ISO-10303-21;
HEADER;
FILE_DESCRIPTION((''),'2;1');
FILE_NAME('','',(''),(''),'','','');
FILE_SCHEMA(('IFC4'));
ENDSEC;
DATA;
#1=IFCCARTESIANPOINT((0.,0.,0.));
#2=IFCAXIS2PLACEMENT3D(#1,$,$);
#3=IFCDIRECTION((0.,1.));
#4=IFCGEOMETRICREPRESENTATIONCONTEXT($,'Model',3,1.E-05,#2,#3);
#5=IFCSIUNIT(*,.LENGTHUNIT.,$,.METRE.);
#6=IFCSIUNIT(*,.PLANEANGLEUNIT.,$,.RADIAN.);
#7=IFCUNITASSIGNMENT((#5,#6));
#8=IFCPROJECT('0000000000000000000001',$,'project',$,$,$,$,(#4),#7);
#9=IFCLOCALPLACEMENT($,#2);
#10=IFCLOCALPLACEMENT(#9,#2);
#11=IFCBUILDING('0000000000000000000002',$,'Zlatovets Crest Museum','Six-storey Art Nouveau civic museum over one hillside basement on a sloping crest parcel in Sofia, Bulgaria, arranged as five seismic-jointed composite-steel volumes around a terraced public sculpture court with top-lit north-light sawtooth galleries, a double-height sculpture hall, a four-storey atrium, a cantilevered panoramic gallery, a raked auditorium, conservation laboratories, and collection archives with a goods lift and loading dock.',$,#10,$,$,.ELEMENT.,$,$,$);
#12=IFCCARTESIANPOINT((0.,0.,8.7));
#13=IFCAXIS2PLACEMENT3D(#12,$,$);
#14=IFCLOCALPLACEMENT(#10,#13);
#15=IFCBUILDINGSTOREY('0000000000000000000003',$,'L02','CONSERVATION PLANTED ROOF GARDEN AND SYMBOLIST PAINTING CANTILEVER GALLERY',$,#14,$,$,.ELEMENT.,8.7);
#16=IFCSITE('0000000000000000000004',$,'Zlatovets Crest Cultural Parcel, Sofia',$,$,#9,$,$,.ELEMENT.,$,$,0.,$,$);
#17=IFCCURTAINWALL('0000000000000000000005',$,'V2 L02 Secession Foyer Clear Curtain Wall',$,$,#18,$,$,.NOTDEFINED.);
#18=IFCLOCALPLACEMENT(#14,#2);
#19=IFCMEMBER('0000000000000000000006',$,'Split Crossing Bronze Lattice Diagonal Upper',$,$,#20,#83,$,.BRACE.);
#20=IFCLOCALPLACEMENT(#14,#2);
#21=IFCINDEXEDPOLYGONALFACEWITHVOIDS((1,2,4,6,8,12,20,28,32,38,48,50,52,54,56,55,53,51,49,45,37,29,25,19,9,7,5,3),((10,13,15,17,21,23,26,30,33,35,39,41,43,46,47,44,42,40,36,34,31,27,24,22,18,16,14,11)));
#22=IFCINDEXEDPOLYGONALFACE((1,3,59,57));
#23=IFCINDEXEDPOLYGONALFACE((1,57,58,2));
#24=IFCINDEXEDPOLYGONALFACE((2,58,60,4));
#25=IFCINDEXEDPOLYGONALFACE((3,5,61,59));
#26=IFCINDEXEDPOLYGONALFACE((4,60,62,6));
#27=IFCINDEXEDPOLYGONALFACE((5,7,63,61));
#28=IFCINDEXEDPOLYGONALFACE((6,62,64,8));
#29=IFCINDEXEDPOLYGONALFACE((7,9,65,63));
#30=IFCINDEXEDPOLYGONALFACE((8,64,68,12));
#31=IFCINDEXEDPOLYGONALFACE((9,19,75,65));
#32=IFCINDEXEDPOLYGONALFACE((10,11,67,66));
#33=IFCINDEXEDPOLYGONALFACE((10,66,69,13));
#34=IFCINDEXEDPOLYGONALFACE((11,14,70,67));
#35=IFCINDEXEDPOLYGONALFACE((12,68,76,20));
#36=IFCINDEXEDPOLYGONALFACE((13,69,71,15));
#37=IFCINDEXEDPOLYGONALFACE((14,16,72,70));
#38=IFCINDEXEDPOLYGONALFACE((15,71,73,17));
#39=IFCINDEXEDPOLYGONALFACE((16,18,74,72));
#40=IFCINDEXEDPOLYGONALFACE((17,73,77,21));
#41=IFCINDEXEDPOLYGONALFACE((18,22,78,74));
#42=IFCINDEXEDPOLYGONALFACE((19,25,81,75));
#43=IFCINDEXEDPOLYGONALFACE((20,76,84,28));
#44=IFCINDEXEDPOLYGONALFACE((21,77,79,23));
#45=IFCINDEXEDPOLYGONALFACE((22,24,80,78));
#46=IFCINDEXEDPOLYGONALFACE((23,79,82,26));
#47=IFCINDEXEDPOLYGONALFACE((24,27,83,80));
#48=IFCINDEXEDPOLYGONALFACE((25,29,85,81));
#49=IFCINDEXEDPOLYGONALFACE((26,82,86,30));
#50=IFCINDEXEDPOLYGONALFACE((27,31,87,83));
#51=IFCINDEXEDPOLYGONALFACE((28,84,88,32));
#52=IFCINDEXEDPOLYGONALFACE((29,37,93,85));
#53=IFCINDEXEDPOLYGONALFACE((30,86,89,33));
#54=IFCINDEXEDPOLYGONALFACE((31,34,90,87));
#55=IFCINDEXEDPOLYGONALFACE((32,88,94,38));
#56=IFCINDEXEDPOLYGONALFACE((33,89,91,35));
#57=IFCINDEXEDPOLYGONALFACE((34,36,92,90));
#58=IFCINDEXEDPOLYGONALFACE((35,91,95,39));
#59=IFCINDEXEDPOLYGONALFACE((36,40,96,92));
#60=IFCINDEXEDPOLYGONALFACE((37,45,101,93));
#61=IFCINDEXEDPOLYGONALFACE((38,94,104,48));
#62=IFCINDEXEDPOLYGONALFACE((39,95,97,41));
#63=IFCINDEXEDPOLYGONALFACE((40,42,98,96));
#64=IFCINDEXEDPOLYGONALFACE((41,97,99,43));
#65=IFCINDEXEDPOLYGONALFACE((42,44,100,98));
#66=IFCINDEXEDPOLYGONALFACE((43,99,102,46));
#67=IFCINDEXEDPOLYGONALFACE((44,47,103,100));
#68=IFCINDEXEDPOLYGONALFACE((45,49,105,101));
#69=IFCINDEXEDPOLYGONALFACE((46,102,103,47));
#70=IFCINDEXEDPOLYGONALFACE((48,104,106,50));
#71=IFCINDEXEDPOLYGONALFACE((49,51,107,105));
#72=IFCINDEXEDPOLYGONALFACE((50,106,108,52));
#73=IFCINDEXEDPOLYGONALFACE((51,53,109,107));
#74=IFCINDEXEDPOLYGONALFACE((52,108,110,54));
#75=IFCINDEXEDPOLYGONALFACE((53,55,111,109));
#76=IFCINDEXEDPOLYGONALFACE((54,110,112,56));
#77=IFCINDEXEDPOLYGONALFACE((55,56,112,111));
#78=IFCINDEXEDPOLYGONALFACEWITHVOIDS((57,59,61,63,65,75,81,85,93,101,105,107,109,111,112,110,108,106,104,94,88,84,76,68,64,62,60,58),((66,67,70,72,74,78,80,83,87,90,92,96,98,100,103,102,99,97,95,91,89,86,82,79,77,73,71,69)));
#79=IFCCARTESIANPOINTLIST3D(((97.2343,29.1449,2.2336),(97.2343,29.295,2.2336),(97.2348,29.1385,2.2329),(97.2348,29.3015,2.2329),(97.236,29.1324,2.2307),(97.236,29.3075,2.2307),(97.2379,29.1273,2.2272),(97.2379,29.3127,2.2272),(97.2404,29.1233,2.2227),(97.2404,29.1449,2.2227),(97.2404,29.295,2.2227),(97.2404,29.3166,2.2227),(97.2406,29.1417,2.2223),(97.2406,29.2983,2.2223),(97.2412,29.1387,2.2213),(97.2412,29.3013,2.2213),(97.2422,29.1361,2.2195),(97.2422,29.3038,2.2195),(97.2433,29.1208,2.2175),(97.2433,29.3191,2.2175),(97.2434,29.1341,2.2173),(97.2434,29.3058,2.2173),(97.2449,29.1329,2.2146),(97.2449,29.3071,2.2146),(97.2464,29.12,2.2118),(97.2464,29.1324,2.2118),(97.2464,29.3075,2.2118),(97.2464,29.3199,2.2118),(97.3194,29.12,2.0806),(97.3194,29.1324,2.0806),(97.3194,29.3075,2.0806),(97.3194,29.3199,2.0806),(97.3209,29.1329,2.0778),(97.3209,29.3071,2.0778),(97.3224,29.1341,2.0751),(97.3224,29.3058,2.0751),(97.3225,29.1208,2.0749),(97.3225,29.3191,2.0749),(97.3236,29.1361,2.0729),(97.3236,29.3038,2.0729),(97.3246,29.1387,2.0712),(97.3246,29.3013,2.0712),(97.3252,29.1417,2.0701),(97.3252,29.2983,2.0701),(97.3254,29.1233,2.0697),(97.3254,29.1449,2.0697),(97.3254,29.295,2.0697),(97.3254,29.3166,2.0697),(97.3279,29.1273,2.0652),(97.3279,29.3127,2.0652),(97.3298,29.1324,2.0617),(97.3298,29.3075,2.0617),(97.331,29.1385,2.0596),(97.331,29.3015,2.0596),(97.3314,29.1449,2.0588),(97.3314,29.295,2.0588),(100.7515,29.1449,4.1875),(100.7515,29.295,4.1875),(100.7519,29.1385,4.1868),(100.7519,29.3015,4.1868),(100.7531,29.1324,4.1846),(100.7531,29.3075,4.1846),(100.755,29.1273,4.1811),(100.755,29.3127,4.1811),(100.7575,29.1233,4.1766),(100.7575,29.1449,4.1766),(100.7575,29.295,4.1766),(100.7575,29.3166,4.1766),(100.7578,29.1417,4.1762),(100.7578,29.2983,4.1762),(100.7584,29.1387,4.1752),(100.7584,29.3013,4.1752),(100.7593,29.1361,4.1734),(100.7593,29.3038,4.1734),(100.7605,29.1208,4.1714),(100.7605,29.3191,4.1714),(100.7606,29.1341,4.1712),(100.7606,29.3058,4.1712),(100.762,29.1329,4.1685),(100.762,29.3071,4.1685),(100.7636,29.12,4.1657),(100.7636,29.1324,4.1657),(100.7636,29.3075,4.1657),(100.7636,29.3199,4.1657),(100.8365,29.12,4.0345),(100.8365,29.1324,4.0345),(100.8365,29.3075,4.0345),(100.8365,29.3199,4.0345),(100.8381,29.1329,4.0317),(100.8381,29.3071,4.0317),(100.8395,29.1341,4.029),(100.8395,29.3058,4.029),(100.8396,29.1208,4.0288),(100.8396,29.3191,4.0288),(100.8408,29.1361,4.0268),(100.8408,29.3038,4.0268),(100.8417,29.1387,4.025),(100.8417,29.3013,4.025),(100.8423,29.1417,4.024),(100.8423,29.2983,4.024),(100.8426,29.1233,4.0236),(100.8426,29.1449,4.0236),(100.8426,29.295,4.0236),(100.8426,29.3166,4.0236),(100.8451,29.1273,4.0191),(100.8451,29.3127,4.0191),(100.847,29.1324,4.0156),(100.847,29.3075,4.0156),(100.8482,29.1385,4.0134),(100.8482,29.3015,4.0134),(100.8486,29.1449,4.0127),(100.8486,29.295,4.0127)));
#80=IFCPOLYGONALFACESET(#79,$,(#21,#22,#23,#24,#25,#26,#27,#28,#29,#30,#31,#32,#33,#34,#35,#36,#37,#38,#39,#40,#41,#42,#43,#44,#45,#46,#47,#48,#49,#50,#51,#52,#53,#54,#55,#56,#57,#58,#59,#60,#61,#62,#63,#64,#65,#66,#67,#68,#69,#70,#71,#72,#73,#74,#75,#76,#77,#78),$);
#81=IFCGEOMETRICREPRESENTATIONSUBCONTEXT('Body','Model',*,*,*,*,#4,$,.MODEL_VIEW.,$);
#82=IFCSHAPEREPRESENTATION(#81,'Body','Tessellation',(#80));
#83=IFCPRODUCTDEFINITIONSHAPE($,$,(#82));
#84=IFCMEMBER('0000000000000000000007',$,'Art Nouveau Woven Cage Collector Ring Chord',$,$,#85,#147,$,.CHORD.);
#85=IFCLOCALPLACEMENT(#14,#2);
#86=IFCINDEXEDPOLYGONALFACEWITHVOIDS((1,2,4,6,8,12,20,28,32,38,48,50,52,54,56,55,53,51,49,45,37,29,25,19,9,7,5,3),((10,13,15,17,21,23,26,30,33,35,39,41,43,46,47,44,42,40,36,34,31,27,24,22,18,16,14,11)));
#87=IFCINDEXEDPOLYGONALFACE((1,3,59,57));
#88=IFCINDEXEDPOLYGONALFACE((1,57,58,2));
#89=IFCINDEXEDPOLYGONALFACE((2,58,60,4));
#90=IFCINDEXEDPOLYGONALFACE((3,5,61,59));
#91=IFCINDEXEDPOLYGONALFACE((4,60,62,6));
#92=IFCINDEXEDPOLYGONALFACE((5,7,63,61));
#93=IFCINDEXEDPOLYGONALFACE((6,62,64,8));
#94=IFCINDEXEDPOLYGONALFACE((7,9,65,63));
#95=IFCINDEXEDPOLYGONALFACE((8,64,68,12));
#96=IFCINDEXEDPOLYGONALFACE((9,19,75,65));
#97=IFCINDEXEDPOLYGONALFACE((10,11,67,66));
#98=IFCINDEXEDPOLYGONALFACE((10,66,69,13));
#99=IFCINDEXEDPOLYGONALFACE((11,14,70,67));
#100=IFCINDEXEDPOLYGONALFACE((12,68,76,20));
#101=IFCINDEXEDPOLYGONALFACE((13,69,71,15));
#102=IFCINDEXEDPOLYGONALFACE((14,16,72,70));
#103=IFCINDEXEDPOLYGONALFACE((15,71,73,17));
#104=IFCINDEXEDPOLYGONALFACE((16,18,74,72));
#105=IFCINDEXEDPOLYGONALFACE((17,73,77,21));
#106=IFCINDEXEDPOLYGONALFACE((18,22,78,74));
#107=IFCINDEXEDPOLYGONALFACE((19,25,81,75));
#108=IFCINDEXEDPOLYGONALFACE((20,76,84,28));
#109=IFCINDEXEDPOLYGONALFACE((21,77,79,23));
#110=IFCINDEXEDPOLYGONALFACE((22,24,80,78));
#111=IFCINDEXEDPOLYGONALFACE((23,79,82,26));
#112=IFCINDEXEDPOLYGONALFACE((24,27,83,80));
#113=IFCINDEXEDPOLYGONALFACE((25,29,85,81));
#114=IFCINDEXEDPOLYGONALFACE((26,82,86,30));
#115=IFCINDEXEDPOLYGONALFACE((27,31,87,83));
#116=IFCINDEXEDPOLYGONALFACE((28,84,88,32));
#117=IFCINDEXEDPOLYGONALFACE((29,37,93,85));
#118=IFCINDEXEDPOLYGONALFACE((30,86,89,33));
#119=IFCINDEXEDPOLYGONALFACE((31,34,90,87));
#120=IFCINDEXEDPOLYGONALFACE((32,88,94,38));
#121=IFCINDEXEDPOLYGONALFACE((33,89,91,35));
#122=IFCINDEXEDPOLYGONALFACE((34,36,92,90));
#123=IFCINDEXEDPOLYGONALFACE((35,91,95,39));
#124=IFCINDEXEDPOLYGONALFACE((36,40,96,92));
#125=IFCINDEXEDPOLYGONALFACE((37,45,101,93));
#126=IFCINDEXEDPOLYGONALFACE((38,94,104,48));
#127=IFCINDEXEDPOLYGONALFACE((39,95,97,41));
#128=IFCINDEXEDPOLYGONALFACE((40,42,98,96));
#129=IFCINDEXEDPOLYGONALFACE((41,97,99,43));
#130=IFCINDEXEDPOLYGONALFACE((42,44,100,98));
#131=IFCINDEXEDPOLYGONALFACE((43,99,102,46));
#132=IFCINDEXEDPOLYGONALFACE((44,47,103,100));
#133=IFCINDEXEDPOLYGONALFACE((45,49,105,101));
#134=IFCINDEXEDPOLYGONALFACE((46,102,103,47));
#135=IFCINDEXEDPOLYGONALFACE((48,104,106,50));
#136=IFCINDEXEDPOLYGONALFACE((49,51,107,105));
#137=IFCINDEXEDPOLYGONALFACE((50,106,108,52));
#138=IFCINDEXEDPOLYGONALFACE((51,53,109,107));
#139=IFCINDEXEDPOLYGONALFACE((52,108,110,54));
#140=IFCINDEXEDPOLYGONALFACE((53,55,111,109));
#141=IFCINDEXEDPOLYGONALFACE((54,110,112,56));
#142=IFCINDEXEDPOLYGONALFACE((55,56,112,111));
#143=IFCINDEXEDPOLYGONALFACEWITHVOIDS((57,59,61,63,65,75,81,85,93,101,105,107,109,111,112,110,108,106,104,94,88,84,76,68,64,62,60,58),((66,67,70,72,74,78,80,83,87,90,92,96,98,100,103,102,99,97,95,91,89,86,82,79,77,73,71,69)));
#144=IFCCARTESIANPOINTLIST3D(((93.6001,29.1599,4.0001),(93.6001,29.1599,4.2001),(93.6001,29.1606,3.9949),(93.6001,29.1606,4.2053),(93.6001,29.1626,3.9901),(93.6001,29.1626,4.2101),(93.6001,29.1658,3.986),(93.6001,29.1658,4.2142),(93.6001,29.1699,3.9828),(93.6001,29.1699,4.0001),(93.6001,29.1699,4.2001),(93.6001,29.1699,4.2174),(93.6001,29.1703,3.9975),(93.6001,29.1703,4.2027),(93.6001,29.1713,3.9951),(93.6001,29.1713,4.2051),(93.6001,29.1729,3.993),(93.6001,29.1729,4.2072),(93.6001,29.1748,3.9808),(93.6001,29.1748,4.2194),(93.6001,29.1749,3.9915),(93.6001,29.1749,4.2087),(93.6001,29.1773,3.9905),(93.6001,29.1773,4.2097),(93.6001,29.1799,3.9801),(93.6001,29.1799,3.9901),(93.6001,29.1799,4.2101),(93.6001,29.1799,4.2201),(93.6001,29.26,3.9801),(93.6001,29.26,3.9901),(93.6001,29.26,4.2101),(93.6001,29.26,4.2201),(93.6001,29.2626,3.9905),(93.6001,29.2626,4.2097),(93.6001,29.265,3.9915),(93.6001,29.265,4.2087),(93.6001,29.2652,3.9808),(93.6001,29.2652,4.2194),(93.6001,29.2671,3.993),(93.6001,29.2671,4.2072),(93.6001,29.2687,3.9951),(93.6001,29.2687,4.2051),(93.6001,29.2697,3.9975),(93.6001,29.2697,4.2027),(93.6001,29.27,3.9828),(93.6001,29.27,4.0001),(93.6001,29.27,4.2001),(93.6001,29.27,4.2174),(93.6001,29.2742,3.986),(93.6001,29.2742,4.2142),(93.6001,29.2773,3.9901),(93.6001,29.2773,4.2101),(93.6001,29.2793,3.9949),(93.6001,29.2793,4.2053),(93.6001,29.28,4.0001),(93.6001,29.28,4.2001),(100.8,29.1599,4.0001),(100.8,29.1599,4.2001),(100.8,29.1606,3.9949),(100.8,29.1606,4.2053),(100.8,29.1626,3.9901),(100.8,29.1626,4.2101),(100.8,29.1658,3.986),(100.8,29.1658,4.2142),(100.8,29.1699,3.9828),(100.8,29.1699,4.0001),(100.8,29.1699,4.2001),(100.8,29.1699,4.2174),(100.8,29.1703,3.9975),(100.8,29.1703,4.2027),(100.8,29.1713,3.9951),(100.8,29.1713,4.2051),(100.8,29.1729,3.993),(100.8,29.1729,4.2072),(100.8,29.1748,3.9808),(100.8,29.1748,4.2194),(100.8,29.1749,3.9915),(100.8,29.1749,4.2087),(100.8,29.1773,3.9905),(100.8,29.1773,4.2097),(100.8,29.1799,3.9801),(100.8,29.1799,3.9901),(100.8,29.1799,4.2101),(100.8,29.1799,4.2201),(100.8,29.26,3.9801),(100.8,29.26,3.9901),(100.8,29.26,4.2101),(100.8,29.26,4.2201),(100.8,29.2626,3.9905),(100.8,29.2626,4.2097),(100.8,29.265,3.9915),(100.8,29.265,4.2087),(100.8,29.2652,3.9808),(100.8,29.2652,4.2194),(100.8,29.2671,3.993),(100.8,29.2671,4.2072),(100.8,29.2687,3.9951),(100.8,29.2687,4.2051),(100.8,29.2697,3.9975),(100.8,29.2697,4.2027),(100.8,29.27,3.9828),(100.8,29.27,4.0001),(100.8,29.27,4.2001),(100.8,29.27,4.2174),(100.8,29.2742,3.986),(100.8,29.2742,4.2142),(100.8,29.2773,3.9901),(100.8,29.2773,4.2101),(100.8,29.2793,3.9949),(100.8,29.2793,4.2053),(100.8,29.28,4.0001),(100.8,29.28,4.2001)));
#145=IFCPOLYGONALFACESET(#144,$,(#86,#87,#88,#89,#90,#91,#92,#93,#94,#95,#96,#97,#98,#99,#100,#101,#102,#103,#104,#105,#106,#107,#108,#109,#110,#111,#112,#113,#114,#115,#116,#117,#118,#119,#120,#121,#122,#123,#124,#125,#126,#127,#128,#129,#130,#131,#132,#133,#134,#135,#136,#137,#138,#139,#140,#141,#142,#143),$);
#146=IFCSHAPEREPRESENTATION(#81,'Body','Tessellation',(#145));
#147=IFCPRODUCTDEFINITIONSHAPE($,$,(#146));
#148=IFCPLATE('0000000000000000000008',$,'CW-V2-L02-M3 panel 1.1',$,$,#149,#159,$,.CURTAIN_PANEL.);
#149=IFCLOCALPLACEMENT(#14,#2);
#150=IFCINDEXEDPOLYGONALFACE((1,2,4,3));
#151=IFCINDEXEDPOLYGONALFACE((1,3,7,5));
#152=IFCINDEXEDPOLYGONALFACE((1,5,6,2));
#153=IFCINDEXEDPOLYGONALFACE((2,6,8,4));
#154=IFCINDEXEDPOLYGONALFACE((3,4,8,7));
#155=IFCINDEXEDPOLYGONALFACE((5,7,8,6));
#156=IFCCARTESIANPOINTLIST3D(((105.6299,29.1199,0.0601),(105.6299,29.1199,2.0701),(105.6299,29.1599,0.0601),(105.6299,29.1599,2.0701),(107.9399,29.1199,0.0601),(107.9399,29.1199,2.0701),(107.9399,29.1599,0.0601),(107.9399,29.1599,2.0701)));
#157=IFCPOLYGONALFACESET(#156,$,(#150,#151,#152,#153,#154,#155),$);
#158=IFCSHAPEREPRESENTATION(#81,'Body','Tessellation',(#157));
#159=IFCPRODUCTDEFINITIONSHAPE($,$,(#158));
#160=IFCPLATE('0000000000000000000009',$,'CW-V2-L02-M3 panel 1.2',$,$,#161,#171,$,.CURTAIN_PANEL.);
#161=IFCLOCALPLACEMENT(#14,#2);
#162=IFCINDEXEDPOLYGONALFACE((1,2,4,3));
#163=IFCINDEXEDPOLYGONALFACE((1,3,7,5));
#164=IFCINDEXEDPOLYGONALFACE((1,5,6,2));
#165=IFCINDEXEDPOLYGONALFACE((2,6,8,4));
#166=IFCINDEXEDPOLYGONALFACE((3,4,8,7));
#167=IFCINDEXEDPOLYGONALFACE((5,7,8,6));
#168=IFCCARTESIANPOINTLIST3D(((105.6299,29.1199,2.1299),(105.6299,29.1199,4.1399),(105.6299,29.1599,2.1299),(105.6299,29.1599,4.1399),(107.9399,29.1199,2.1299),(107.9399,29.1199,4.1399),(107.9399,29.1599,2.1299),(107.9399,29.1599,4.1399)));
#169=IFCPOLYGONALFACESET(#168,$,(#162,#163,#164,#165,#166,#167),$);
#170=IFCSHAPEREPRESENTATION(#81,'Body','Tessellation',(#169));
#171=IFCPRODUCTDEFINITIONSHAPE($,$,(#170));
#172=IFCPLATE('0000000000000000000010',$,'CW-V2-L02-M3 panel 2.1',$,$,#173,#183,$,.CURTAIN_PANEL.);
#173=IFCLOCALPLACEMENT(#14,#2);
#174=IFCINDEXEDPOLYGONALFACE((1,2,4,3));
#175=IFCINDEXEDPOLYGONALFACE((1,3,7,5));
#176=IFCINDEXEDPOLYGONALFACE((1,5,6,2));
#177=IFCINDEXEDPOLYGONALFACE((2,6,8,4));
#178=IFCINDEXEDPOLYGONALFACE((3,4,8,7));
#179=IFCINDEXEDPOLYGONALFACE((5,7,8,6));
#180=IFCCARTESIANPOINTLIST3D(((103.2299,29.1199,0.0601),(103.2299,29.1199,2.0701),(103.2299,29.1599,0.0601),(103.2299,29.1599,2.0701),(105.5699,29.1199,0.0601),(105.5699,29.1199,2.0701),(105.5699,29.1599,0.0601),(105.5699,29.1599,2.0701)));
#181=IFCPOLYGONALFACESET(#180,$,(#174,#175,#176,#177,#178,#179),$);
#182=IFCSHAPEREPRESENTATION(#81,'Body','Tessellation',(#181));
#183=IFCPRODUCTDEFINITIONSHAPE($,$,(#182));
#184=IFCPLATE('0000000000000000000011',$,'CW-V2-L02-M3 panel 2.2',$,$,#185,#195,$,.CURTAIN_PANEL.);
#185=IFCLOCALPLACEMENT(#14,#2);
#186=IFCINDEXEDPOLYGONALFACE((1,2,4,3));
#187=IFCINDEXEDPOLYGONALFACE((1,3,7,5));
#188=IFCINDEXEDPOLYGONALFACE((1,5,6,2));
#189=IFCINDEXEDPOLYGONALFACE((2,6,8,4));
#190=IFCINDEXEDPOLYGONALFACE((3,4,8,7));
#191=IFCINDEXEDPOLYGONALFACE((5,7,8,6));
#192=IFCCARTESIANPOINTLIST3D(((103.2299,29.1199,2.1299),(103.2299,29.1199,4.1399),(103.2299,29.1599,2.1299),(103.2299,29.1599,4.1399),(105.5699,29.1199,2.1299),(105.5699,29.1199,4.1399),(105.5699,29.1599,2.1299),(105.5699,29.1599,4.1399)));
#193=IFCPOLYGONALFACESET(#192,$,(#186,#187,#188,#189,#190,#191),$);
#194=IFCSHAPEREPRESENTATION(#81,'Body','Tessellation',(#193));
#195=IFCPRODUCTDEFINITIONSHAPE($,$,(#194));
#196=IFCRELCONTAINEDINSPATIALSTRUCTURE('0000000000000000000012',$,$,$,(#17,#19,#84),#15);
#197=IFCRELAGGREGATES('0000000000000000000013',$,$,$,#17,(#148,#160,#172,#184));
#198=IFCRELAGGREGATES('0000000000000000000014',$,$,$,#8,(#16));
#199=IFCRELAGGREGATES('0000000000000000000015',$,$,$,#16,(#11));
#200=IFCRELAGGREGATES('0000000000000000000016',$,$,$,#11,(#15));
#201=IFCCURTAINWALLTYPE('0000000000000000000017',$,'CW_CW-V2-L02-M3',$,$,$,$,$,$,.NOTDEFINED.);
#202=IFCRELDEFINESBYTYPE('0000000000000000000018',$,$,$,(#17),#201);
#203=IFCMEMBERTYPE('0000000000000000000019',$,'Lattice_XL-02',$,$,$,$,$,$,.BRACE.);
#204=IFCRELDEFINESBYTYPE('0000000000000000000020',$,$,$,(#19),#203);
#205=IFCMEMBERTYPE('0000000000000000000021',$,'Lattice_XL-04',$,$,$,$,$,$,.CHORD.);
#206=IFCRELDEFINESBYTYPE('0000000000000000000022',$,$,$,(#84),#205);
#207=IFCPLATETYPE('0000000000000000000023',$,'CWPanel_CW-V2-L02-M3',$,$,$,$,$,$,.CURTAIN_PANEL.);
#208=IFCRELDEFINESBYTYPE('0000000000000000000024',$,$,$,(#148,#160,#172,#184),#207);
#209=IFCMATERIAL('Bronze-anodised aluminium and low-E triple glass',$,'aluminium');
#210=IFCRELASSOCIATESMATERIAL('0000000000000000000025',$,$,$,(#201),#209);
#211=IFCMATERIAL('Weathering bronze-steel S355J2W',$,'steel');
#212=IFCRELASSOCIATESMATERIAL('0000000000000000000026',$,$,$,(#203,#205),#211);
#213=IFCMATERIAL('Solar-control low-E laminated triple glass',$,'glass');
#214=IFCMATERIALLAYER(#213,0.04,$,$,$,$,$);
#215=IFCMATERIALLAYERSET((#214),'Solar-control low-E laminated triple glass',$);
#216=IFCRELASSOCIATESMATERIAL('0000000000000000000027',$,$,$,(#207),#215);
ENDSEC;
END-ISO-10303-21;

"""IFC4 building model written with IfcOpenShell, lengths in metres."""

from ifc_helpers import new_model, si_unit, direction, frame, origin, origin_2d, place, context, subcontext, project, spatial, rectangle, hollow_rectangle, extrude, material, layer, layer_set, material_profile, profile_set, type_object, element, aggregate, save


model = new_model("IFC4")

# Units and contexts
model_context = context("Model", 3, precision=1e-05, world=origin(), true_north=direction((0.0, 1.0)))
body_context = subcontext(model_context, "Body", "Model", "MODEL_VIEW")
ifc_project = project(units=[si_unit("LENGTHUNIT", "METRE"), si_unit("PLANEANGLEUNIT", "RADIAN")], contexts=[model_context])

# Site, building, storey
site_placement = place(None, origin())
site = spatial("IfcSite", under=ifc_project, at=site_placement, Name="Zlatovets Crest Cultural Parcel, Sofia", CompositionType="ELEMENT", RefElevation=0.0)
building_placement = place(site_placement, origin())
building = spatial("IfcBuilding", under=site, at=building_placement, Name="Zlatovets Crest Museum", Description="Six-storey Art Nouveau civic museum over one hillside basement on a sloping crest parcel in Sofia, Bulgaria, arranged as five seismic-jointed composite-steel volumes around a terraced public sculpture court with top-lit north-light sawtooth galleries, a double-height sculpture hall, a four-storey atrium, a cantilevered panoramic gallery, a raked auditorium, conservation laboratories, and collection archives with a goods lift and loading dock.", CompositionType="ELEMENT")
storey_placement = place(building_placement, frame((0.0, 0.0, 8.7)))
storey = spatial("IfcBuildingStorey", under=building, at=storey_placement, Name="L02", Description="CONSERVATION PLANTED ROOF GARDEN AND SYMBOLIST PAINTING CANTILEVER GALLERY", CompositionType="ELEMENT", Elevation=8.7)

# Curtain wall
ifc_material_1 = material(Name="Bronze-anodised aluminium and low-E triple glass", Category="aluminium")
curtain_wall_type_1 = type_object("IfcCurtainWallType", Name="CW_CW-V2-L02-M3", PredefinedType="NOTDEFINED", material=ifc_material_1)
curtain_wall_1_placement = place(storey_placement, origin())
curtain_wall_1 = element("IfcCurtainWall", 1, at=curtain_wall_1_placement, inside=storey, type_object=curtain_wall_type_1, Name="V2 L02 Secession Foyer Clear Curtain Wall", PredefinedType="NOTDEFINED")

# Members
ifc_material_2 = material(Name="Weathering bronze-steel S355J2W", Category="steel")
ifc_material_profile_1 = material_profile(ifc_material_2, hollow_rectangle(XDim=0.2, YDim=0.2, WallThickness=0.0125, InnerFilletRadius=0.0125, OuterFilletRadius=0.0249, at=origin_2d()), Name="SHS 200x200x12.5")
ifc_profile_set_1 = profile_set([ifc_material_profile_1], Name="Weathering bronze-steel S355J2W")
member_type_1 = type_object("IfcMemberType", Name="Lattice_XL-02", PredefinedType="BRACE", material=ifc_profile_set_1)
member_1_placement = place(storey_placement, frame((100.8, 29.22, 4.1001), z_axis=(-0.874166, 0.0, -0.485627), x_axis=(0.0, -1.0, 0.0)))
element("IfcMember", 2, at=member_1_placement, inside=storey, type_object=member_type_1, Name="Split Crossing Bronze Lattice Diagonal Upper", PredefinedType="BRACE", context=body_context, shape_type="SweptSolid", body=[
    extrude(hollow_rectangle(XDim=0.2, YDim=0.2, WallThickness=0.0125, InnerFilletRadius=0.0125, OuterFilletRadius=0.0249, at=origin_2d()), origin(), (0.0, 0.0, 1.0), 4.0234),
])
ifc_material_profile_2 = material_profile(ifc_material_2, hollow_rectangle(XDim=0.1201, YDim=0.24, WallThickness=0.01, InnerFilletRadius=0.01, OuterFilletRadius=0.02, at=origin_2d()), Name="RHS 120x240x10.0")
ifc_profile_set_2 = profile_set([ifc_material_profile_2], Name="Weathering bronze-steel S355J2W")
member_type_2 = type_object("IfcMemberType", Name="Lattice_XL-04", PredefinedType="CHORD", material=ifc_profile_set_2)
member_2_placement = place(storey_placement, frame((100.8, 29.22, 4.1001), z_axis=(-1.0, 0.0, 0.0), x_axis=(0.0, -1.0, 0.0)))
element("IfcMember", 3, at=member_2_placement, inside=storey, type_object=member_type_2, Name="Art Nouveau Woven Cage Collector Ring Chord", PredefinedType="CHORD", context=body_context, shape_type="SweptSolid", body=[
    extrude(hollow_rectangle(XDim=0.1201, YDim=0.24, WallThickness=0.01, InnerFilletRadius=0.01, OuterFilletRadius=0.02, at=origin_2d()), origin(), (0.0, 0.0, 1.0), 7.2),
])

# Plates
ifc_material_3 = material(Name="Solar-control low-E laminated triple glass", Category="glass")
ifc_layer_1 = layer(ifc_material_3, 0.04)
ifc_layer_set_1 = layer_set([ifc_layer_1], Name="Solar-control low-E laminated triple glass")
plate_type_1 = type_object("IfcPlateType", Name="CWPanel_CW-V2-L02-M3", PredefinedType="CURTAIN_PANEL", material=ifc_layer_set_1)
plate_1_placement = place(storey_placement, frame((106.7849, 29.1399, 0.0601), z_axis=(0.0, 0.0, 1.0), x_axis=(-1.0, 0.0, 0.0)))
plate_1 = element("IfcPlate", 4, at=plate_1_placement, type_object=plate_type_1, Name="CW-V2-L02-M3 panel 1.1", PredefinedType="CURTAIN_PANEL", context=body_context, shape_type="SweptSolid", body=[
    extrude(rectangle(XDim=2.3101, YDim=0.04, at=origin_2d()), origin(), (0.0, 0.0, 1.0), 2.01),
])
plate_2_placement = place(storey_placement, frame((106.7849, 29.1399, 2.1299), z_axis=(0.0, 0.0, 1.0), x_axis=(-1.0, 0.0, 0.0)))
plate_2 = element("IfcPlate", 5, at=plate_2_placement, type_object=plate_type_1, Name="CW-V2-L02-M3 panel 1.2", PredefinedType="CURTAIN_PANEL", context=body_context, shape_type="SweptSolid", body=[
    extrude(rectangle(XDim=2.3101, YDim=0.04, at=origin_2d()), origin(), (0.0, 0.0, 1.0), 2.01),
])
plate_3_placement = place(storey_placement, frame((104.3999, 29.1399, 0.0601), z_axis=(0.0, 0.0, 1.0), x_axis=(-1.0, 0.0, 0.0)))
plate_3 = element("IfcPlate", 6, at=plate_3_placement, type_object=plate_type_1, Name="CW-V2-L02-M3 panel 2.1", PredefinedType="CURTAIN_PANEL", context=body_context, shape_type="SweptSolid", body=[
    extrude(rectangle(XDim=2.3401, YDim=0.04, at=origin_2d()), origin(), (0.0, 0.0, 1.0), 2.01),
])
plate_4_placement = place(storey_placement, frame((104.3999, 29.1399, 2.1299), z_axis=(0.0, 0.0, 1.0), x_axis=(-1.0, 0.0, 0.0)))
plate_4 = element("IfcPlate", 7, at=plate_4_placement, type_object=plate_type_1, Name="CW-V2-L02-M3 panel 2.2", PredefinedType="CURTAIN_PANEL", context=body_context, shape_type="SweptSolid", body=[
    extrude(rectangle(XDim=2.3401, YDim=0.04, at=origin_2d()), origin(), (0.0, 0.0, 1.0), 2.01),
])
aggregate(curtain_wall_1, [plate_1, plate_2, plate_3, plate_4])

save(model, "model.ifc")
